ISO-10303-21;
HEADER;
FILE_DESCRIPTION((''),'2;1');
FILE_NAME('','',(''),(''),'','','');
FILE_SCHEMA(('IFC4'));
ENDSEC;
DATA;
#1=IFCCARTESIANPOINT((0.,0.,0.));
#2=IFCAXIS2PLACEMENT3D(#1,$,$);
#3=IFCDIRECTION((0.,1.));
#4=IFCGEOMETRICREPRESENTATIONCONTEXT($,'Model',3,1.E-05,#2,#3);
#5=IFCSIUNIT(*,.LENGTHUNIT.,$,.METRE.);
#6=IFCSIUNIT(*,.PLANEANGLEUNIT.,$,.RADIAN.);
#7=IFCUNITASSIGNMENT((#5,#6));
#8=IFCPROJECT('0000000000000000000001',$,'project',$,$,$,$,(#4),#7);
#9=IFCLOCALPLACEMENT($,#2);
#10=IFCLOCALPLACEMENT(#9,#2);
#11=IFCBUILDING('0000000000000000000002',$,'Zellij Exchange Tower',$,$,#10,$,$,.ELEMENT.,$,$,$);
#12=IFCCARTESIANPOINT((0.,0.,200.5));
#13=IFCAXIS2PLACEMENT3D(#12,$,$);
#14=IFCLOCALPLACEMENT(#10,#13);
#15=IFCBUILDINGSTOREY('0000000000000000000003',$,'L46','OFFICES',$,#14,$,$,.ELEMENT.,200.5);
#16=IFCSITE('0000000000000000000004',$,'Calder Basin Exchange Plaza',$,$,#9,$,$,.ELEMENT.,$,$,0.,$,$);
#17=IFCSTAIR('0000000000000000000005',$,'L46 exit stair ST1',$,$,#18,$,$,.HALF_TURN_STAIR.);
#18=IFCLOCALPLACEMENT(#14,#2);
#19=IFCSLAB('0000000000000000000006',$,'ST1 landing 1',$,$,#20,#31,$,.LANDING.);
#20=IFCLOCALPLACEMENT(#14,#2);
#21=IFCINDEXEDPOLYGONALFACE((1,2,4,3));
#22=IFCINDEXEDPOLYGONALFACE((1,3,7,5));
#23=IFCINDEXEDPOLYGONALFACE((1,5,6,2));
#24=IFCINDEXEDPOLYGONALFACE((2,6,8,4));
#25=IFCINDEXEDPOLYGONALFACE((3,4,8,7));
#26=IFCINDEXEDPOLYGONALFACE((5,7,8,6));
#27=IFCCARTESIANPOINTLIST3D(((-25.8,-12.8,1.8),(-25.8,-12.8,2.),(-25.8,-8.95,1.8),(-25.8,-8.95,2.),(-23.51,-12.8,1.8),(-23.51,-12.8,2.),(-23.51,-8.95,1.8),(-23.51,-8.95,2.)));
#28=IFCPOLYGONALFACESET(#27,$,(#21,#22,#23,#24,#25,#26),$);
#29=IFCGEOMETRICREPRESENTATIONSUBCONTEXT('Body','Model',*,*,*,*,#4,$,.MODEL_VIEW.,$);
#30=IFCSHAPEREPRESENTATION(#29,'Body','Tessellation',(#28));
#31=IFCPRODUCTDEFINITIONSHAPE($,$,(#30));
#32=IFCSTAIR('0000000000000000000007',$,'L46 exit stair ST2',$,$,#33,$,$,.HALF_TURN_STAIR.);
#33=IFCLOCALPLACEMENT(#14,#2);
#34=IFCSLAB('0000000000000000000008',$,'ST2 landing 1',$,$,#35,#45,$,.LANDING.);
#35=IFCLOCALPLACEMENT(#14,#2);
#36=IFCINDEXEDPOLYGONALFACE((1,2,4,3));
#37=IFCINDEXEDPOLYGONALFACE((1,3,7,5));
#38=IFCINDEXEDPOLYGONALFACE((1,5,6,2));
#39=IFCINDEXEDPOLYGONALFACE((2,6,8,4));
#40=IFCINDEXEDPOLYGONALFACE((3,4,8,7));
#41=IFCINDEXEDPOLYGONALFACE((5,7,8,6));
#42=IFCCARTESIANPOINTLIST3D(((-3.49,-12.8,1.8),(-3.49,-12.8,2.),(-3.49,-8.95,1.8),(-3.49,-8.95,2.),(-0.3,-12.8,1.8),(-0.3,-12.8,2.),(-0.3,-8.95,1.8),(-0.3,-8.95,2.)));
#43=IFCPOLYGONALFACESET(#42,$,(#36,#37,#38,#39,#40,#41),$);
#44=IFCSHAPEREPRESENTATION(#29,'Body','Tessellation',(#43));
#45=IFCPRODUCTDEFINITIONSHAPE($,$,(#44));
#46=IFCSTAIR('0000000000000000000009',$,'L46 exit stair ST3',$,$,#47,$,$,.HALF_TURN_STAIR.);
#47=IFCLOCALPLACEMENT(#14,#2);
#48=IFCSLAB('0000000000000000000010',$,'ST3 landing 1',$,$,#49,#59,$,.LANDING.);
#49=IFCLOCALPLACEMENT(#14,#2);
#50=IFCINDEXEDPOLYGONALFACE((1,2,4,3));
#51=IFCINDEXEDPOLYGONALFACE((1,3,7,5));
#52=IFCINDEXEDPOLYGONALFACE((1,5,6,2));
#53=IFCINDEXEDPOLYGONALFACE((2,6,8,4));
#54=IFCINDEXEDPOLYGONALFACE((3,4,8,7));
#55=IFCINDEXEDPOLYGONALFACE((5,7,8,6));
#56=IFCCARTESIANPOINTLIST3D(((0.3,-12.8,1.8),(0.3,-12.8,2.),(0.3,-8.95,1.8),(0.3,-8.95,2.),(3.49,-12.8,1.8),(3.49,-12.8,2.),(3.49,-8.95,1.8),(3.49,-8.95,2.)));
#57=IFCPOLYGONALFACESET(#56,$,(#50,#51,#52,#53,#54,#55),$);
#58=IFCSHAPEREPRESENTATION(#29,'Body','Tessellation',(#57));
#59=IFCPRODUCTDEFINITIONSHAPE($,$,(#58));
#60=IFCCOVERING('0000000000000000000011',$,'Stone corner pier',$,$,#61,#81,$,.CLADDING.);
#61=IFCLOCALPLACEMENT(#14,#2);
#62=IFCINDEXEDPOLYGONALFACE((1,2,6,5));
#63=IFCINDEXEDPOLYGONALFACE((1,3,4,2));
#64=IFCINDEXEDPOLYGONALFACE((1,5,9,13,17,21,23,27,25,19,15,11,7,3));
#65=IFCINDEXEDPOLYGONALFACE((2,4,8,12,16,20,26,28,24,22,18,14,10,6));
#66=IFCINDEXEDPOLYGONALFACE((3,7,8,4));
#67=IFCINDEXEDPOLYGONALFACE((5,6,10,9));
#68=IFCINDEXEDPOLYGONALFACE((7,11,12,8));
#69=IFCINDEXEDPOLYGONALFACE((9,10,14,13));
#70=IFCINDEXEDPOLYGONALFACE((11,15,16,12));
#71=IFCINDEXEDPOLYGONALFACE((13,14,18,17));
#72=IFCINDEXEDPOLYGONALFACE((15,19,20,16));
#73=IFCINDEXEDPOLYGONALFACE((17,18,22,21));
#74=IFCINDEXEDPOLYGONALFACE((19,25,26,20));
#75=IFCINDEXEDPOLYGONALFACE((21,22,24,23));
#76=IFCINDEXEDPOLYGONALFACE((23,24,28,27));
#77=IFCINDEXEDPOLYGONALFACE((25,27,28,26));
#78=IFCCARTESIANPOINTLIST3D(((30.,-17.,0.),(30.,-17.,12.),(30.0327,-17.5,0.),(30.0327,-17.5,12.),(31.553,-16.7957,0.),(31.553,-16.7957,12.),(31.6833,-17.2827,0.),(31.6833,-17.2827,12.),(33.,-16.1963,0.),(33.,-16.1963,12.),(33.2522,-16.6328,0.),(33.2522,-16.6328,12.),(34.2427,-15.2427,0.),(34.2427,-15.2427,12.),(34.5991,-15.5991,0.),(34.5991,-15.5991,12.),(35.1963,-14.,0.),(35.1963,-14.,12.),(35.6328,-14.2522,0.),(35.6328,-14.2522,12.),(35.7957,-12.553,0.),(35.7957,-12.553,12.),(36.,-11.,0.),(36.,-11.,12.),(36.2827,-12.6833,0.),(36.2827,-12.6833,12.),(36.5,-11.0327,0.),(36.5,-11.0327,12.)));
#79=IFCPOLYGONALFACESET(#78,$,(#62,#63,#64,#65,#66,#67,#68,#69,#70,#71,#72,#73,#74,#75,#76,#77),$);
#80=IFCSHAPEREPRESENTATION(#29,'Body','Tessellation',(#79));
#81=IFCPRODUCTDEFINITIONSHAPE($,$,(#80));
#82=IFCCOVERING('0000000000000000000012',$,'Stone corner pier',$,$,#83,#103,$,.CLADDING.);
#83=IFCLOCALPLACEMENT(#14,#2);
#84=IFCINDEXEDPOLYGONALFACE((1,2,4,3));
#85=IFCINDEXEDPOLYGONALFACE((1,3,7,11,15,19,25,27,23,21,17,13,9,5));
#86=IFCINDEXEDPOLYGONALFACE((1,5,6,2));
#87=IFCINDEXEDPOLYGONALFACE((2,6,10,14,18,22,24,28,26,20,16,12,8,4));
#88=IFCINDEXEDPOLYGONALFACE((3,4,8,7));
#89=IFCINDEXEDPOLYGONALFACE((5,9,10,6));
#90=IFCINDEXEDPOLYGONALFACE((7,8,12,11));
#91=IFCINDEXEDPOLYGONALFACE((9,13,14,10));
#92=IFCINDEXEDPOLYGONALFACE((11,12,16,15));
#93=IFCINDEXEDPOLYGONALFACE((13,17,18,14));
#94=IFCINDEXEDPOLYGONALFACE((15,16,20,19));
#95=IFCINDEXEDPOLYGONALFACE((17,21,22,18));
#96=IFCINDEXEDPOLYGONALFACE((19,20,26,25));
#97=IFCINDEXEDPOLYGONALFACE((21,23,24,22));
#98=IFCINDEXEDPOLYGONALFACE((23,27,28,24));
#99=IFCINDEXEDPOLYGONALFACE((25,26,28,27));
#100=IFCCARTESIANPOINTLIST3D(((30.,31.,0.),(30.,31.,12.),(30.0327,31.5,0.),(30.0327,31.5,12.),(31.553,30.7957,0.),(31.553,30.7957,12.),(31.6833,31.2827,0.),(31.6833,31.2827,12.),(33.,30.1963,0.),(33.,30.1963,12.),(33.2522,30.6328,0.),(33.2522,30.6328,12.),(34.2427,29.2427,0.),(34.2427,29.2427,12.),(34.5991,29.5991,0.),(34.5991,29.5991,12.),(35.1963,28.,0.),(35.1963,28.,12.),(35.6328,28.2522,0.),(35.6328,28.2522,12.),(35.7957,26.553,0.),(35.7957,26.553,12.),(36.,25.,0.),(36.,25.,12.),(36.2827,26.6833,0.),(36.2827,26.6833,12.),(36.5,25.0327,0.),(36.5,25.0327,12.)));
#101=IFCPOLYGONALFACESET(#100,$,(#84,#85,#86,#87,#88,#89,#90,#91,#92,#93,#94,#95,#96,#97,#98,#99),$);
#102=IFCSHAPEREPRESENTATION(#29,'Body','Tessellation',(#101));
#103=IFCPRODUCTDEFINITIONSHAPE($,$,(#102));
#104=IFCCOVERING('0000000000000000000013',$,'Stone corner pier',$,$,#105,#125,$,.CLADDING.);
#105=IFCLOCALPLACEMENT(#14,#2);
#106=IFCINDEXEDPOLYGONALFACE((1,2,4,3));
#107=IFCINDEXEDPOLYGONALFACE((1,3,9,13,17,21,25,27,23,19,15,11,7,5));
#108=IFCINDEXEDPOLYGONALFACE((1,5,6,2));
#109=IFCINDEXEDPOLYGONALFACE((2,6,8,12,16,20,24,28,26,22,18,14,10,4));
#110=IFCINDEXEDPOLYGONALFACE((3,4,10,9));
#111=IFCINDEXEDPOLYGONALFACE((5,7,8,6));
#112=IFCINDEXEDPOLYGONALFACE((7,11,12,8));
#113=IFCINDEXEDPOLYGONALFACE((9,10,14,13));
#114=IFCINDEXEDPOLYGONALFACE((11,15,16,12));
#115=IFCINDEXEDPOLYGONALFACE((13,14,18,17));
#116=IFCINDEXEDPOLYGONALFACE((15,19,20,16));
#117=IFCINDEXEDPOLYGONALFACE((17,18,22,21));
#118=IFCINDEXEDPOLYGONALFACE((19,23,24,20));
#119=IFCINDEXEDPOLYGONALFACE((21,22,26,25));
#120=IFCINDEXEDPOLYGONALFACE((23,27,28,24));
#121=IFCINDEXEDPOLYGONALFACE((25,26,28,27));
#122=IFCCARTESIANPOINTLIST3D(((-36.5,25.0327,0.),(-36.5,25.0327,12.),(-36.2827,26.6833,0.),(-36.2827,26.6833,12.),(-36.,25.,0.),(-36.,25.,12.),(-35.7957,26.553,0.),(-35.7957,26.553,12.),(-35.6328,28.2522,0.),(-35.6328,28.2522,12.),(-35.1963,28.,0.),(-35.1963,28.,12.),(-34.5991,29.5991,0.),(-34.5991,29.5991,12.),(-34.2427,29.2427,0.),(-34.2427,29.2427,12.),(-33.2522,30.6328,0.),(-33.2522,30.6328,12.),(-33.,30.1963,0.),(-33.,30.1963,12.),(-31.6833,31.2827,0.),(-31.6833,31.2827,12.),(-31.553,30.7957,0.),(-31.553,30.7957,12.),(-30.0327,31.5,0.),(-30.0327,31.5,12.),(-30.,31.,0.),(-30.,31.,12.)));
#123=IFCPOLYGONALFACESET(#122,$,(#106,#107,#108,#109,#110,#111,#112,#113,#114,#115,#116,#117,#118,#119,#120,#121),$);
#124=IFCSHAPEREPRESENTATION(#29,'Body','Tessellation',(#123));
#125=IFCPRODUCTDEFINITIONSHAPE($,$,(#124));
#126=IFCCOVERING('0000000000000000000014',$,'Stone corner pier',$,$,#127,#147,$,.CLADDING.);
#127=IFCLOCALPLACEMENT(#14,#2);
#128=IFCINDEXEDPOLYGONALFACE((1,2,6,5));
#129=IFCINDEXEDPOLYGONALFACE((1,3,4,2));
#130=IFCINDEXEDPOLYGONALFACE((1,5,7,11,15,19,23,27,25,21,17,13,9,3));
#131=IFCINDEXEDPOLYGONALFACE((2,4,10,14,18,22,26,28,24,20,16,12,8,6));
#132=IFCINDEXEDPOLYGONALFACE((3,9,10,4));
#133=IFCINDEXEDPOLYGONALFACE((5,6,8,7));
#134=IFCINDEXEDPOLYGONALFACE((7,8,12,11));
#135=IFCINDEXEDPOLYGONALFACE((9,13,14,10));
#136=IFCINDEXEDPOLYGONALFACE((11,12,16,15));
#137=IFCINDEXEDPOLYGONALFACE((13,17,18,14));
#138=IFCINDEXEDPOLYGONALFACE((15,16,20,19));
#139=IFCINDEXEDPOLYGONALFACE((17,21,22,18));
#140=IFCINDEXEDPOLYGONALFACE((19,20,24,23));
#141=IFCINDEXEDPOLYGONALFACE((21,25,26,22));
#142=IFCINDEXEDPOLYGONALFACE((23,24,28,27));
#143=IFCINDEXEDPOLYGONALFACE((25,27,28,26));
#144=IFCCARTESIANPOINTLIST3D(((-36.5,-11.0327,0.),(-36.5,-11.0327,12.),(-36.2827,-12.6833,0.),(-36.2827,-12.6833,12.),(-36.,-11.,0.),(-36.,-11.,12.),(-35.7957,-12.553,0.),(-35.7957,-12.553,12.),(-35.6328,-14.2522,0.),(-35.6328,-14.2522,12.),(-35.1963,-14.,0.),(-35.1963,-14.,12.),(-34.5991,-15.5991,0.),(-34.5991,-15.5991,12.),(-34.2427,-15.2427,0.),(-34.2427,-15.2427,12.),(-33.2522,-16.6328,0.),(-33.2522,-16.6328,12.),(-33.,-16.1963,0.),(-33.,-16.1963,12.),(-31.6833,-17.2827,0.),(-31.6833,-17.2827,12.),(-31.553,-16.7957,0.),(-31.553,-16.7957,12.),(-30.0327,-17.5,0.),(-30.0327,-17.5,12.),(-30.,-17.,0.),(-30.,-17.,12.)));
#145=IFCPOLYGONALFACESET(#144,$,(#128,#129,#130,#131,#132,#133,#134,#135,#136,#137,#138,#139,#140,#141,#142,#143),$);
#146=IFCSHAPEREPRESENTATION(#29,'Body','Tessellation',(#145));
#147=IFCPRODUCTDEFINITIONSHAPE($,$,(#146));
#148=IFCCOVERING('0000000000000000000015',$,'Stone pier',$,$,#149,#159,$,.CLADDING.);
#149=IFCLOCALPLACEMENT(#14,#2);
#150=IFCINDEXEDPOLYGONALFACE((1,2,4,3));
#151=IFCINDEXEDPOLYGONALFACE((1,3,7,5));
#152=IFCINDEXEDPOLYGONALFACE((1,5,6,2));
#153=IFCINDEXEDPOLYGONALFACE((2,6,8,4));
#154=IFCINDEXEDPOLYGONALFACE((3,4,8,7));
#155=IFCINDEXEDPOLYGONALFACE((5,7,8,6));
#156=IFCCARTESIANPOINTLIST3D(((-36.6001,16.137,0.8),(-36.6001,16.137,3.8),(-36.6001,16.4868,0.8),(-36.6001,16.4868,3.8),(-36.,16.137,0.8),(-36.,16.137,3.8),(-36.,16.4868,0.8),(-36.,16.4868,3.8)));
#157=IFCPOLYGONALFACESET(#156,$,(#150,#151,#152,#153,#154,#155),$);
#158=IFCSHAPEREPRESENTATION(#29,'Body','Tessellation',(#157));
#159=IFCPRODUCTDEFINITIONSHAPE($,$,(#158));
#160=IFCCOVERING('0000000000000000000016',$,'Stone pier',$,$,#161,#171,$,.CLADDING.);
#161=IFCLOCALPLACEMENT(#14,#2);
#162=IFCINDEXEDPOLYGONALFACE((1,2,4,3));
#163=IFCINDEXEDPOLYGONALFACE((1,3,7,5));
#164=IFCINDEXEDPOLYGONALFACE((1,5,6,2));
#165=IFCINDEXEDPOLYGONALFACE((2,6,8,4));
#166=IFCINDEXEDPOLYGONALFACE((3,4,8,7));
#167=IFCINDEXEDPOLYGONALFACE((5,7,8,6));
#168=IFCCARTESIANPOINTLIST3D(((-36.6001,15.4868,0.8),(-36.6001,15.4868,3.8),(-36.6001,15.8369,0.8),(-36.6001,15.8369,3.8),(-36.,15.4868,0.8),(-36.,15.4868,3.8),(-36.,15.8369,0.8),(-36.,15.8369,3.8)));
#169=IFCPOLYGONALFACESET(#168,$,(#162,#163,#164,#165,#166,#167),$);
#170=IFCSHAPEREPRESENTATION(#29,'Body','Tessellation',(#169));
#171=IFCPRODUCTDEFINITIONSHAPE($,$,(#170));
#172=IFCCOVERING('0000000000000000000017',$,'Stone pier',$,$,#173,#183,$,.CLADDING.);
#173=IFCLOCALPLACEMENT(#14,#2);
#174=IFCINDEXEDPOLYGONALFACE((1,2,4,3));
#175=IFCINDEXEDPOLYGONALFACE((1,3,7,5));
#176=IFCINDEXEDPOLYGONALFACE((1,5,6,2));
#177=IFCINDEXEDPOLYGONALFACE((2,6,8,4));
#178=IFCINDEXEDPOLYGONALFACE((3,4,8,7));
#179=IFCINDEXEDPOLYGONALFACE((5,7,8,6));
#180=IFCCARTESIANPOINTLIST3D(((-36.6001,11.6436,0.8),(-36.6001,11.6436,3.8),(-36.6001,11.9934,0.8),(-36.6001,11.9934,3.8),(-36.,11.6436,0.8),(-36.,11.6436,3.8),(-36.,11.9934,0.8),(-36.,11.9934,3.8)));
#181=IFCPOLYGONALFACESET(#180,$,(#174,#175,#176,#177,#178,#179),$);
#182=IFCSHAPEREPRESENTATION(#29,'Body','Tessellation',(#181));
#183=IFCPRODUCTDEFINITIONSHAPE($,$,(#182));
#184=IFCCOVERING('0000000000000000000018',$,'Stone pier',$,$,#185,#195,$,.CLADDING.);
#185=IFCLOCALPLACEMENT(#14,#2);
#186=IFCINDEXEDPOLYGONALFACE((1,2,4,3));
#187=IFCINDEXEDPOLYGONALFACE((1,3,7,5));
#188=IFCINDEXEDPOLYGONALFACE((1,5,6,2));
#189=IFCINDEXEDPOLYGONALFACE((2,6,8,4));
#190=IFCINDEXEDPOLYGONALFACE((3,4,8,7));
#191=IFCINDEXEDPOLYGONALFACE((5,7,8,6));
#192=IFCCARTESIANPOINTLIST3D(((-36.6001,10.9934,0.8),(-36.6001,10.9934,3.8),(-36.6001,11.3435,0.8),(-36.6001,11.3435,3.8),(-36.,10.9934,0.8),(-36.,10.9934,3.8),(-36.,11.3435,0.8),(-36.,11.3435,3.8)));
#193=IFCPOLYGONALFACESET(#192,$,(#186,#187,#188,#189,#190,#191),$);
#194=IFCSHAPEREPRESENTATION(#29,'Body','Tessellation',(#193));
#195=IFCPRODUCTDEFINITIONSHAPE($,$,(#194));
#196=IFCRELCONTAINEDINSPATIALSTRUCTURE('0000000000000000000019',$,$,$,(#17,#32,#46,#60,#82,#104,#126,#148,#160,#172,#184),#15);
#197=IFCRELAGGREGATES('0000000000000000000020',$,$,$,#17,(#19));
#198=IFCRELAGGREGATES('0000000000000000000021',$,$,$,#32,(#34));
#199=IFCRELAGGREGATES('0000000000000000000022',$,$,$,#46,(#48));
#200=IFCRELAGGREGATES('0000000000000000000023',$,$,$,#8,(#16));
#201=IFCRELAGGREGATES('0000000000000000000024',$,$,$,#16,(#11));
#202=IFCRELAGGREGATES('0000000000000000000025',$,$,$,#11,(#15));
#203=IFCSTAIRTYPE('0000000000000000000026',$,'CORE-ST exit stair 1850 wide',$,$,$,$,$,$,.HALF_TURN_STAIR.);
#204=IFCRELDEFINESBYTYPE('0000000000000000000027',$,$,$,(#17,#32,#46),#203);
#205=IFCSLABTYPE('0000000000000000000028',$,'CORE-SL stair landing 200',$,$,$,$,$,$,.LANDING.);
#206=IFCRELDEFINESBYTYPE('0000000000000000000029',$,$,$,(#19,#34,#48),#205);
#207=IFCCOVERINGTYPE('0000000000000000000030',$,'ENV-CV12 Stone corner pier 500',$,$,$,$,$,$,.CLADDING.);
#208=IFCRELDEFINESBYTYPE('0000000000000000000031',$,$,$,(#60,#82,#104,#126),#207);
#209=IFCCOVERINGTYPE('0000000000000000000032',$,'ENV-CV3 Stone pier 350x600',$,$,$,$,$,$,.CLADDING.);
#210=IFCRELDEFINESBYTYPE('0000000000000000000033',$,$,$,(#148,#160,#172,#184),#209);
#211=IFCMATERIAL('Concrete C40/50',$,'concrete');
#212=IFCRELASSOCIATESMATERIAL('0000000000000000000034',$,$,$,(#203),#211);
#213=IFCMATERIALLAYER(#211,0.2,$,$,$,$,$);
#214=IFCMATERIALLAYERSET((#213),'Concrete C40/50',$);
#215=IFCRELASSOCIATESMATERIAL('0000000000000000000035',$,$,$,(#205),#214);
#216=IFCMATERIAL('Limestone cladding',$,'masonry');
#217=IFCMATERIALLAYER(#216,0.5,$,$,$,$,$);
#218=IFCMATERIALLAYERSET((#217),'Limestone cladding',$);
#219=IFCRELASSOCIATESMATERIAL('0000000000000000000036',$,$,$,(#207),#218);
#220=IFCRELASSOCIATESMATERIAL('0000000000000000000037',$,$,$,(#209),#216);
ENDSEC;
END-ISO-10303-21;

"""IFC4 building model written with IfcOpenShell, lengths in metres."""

from ifc_helpers import new_model, si_unit, direction, frame, origin, place, context, subcontext, project, spatial, polyline, outline, extrude, material, layer, layer_set, type_object, element, aggregate, save


model = new_model("IFC4")

# Units and contexts
model_context = context("Model", 3, precision=1e-05, world=origin(), true_north=direction((0.0, 1.0)))
body_context = subcontext(model_context, "Body", "Model", "MODEL_VIEW")
ifc_project = project(units=[si_unit("LENGTHUNIT", "METRE"), si_unit("PLANEANGLEUNIT", "RADIAN")], contexts=[model_context])

# Site, building, storey
site_placement = place(None, origin())
site = spatial("IfcSite", under=ifc_project, at=site_placement, Name="Calder Basin Exchange Plaza", CompositionType="ELEMENT", RefElevation=0.0)
building_placement = place(site_placement, origin())
building = spatial("IfcBuilding", under=site, at=building_placement, Name="Zellij Exchange Tower", CompositionType="ELEMENT")
storey_placement = place(building_placement, frame((0.0, 0.0, 200.5)))
storey = spatial("IfcBuildingStorey", under=building, at=storey_placement, Name="L46", Description="OFFICES", CompositionType="ELEMENT", Elevation=200.5)

# Stairs, slabs
ifc_material_1 = material(Name="Concrete C40/50", Category="concrete")
stair_type = type_object("IfcStairType", Name="CORE-ST exit stair 1850 wide", PredefinedType="HALF_TURN_STAIR", material=ifc_material_1)
stair_1_placement = place(storey_placement, origin())
stair_1 = element("IfcStair", 1, at=stair_1_placement, inside=storey, type_object=stair_type, Name="L46 exit stair ST1", PredefinedType="HALF_TURN_STAIR")
ifc_layer_1 = layer(ifc_material_1, 0.2)
ifc_layer_set_1 = layer_set([ifc_layer_1], Name="Concrete C40/50")
slab_type = type_object("IfcSlabType", Name="CORE-SL stair landing 200", PredefinedType="LANDING", material=ifc_layer_set_1)
slab_1_placement = place(storey_placement, frame((0.0, 0.0, 1.8)))
slab_1 = element("IfcSlab", 2, at=slab_1_placement, type_object=slab_type, Name="ST1 landing 1", PredefinedType="LANDING", context=body_context, shape_type="SweptSolid", body=[
    extrude(outline(polyline([(-23.51, -8.95), (-25.8, -8.95), (-25.8, -12.8), (-23.51, -12.8), (-23.51, -8.95)])), origin(), (0.0, 0.0, 1.0), 0.2),
])
aggregate(stair_1, [slab_1])
stair_2_placement = place(storey_placement, origin())
stair_2 = element("IfcStair", 3, at=stair_2_placement, inside=storey, type_object=stair_type, Name="L46 exit stair ST2", PredefinedType="HALF_TURN_STAIR")
slab_2_placement = place(storey_placement, frame((0.0, 0.0, 1.8)))
slab_2 = element("IfcSlab", 4, at=slab_2_placement, type_object=slab_type, Name="ST2 landing 1", PredefinedType="LANDING", context=body_context, shape_type="SweptSolid", body=[
    extrude(outline(polyline([(-3.49, -12.8), (-0.3, -12.8), (-0.3, -8.95), (-3.49, -8.95), (-3.49, -12.8)])), origin(), (0.0, 0.0, 1.0), 0.2),
])
aggregate(stair_2, [slab_2])
stair_3_placement = place(storey_placement, origin())
stair_3 = element("IfcStair", 5, at=stair_3_placement, inside=storey, type_object=stair_type, Name="L46 exit stair ST3", PredefinedType="HALF_TURN_STAIR")
slab_3_placement = place(storey_placement, frame((0.0, 0.0, 1.8)))
slab_3 = element("IfcSlab", 6, at=slab_3_placement, type_object=slab_type, Name="ST3 landing 1", PredefinedType="LANDING", context=body_context, shape_type="SweptSolid", body=[
    extrude(outline(polyline([(3.49, -8.95), (0.3, -8.95), (0.3, -12.8), (3.49, -12.8), (3.49, -8.95)])), origin(), (0.0, 0.0, 1.0), 0.2),
])
aggregate(stair_3, [slab_3])

# Coverings
ifc_material_2 = material(Name="Limestone cladding", Category="masonry")
ifc_layer_2 = layer(ifc_material_2, 0.5)
ifc_layer_set_2 = layer_set([ifc_layer_2], Name="Limestone cladding")
covering_type_1 = type_object("IfcCoveringType", Name="ENV-CV12 Stone corner pier 500", PredefinedType="CLADDING", material=ifc_layer_set_2)
covering_1_placement = place(storey_placement, origin())
element("IfcCovering", 7, at=covering_1_placement, inside=storey, type_object=covering_type_1, Name="Stone corner pier", PredefinedType="CLADDING", context=body_context, shape_type="SweptSolid", body=[
    extrude(outline(polyline([(30.0, -17.0), (31.553, -16.7957), (33.0, -16.1963), (34.2427, -15.2427), (35.1963, -14.0), (35.7957, -12.553), (36.0, -11.0), (36.5, -11.0327), (36.2827, -12.6833), (35.6328, -14.2522), (34.5991, -15.5991), (33.2522, -16.6328), (31.6833, -17.2827), (30.0327, -17.5), (30.0, -17.0)])), origin(), (0.0, 0.0, 1.0), 12.0),
])
covering_2_placement = place(storey_placement, origin())
element("IfcCovering", 8, at=covering_2_placement, inside=storey, type_object=covering_type_1, Name="Stone corner pier", PredefinedType="CLADDING", context=body_context, shape_type="SweptSolid", body=[
    extrude(outline(polyline([(36.0, 25.0), (35.7957, 26.553), (35.1963, 28.0), (34.2427, 29.2427), (33.0, 30.1963), (31.553, 30.7957), (30.0, 31.0), (30.0327, 31.5), (31.6833, 31.2827), (33.2522, 30.6328), (34.5991, 29.5991), (35.6328, 28.2522), (36.2827, 26.6833), (36.5, 25.0327), (36.0, 25.0)])), origin(), (0.0, 0.0, 1.0), 12.0),
])
covering_3_placement = place(storey_placement, origin())
element("IfcCovering", 9, at=covering_3_placement, inside=storey, type_object=covering_type_1, Name="Stone corner pier", PredefinedType="CLADDING", context=body_context, shape_type="SweptSolid", body=[
    extrude(outline(polyline([(-30.0, 31.0), (-31.553, 30.7957), (-33.0, 30.1963), (-34.2427, 29.2427), (-35.1963, 28.0), (-35.7957, 26.553), (-36.0, 25.0), (-36.5, 25.0327), (-36.2827, 26.6833), (-35.6328, 28.2522), (-34.5991, 29.5991), (-33.2522, 30.6328), (-31.6833, 31.2827), (-30.0327, 31.5), (-30.0, 31.0)])), origin(), (0.0, 0.0, 1.0), 12.0),
])
covering_4_placement = place(storey_placement, origin())
element("IfcCovering", 10, at=covering_4_placement, inside=storey, type_object=covering_type_1, Name="Stone corner pier", PredefinedType="CLADDING", context=body_context, shape_type="SweptSolid", body=[
    extrude(outline(polyline([(-36.0, -11.0), (-35.7957, -12.553), (-35.1963, -14.0), (-34.2427, -15.2427), (-33.0, -16.1963), (-31.553, -16.7957), (-30.0, -17.0), (-30.0327, -17.5), (-31.6833, -17.2827), (-33.2522, -16.6328), (-34.5991, -15.5991), (-35.6328, -14.2522), (-36.2827, -12.6833), (-36.5, -11.0327), (-36.0, -11.0)])), origin(), (0.0, 0.0, 1.0), 12.0),
])
covering_type_2 = type_object("IfcCoveringType", Name="ENV-CV3 Stone pier 350x600", PredefinedType="CLADDING", material=ifc_material_2)
covering_5_placement = place(storey_placement, frame((0.0, 0.0, 0.8)))
element("IfcCovering", 11, at=covering_5_placement, inside=storey, type_object=covering_type_2, Name="Stone pier", PredefinedType="CLADDING", context=body_context, shape_type="SweptSolid", body=[
    extrude(outline(polyline([(-36.0, 16.4868), (-36.0, 16.137), (-36.6001, 16.137), (-36.6001, 16.4868), (-36.0, 16.4868)])), origin(), (0.0, 0.0, 1.0), 3.0),
])
covering_6_placement = place(storey_placement, frame((0.0, 0.0, 0.8)))
element("IfcCovering", 12, at=covering_6_placement, inside=storey, type_object=covering_type_2, Name="Stone pier", PredefinedType="CLADDING", context=body_context, shape_type="SweptSolid", body=[
    extrude(outline(polyline([(-36.0, 15.8369), (-36.0, 15.4868), (-36.6001, 15.4868), (-36.6001, 15.8369), (-36.0, 15.8369)])), origin(), (0.0, 0.0, 1.0), 3.0),
])
covering_7_placement = place(storey_placement, frame((0.0, 0.0, 0.8)))
element("IfcCovering", 13, at=covering_7_placement, inside=storey, type_object=covering_type_2, Name="Stone pier", PredefinedType="CLADDING", context=body_context, shape_type="SweptSolid", body=[
    extrude(outline(polyline([(-36.0, 11.9934), (-36.0, 11.6436), (-36.6001, 11.6436), (-36.6001, 11.9934), (-36.0, 11.9934)])), origin(), (0.0, 0.0, 1.0), 3.0),
])
covering_8_placement = place(storey_placement, frame((0.0, 0.0, 0.8)))
element("IfcCovering", 14, at=covering_8_placement, inside=storey, type_object=covering_type_2, Name="Stone pier", PredefinedType="CLADDING", context=body_context, shape_type="SweptSolid", body=[
    extrude(outline(polyline([(-36.0, 11.3435), (-36.0, 10.9934), (-36.6001, 10.9934), (-36.6001, 11.3435), (-36.0, 11.3435)])), origin(), (0.0, 0.0, 1.0), 3.0),
])

save(model, "model.ifc")
